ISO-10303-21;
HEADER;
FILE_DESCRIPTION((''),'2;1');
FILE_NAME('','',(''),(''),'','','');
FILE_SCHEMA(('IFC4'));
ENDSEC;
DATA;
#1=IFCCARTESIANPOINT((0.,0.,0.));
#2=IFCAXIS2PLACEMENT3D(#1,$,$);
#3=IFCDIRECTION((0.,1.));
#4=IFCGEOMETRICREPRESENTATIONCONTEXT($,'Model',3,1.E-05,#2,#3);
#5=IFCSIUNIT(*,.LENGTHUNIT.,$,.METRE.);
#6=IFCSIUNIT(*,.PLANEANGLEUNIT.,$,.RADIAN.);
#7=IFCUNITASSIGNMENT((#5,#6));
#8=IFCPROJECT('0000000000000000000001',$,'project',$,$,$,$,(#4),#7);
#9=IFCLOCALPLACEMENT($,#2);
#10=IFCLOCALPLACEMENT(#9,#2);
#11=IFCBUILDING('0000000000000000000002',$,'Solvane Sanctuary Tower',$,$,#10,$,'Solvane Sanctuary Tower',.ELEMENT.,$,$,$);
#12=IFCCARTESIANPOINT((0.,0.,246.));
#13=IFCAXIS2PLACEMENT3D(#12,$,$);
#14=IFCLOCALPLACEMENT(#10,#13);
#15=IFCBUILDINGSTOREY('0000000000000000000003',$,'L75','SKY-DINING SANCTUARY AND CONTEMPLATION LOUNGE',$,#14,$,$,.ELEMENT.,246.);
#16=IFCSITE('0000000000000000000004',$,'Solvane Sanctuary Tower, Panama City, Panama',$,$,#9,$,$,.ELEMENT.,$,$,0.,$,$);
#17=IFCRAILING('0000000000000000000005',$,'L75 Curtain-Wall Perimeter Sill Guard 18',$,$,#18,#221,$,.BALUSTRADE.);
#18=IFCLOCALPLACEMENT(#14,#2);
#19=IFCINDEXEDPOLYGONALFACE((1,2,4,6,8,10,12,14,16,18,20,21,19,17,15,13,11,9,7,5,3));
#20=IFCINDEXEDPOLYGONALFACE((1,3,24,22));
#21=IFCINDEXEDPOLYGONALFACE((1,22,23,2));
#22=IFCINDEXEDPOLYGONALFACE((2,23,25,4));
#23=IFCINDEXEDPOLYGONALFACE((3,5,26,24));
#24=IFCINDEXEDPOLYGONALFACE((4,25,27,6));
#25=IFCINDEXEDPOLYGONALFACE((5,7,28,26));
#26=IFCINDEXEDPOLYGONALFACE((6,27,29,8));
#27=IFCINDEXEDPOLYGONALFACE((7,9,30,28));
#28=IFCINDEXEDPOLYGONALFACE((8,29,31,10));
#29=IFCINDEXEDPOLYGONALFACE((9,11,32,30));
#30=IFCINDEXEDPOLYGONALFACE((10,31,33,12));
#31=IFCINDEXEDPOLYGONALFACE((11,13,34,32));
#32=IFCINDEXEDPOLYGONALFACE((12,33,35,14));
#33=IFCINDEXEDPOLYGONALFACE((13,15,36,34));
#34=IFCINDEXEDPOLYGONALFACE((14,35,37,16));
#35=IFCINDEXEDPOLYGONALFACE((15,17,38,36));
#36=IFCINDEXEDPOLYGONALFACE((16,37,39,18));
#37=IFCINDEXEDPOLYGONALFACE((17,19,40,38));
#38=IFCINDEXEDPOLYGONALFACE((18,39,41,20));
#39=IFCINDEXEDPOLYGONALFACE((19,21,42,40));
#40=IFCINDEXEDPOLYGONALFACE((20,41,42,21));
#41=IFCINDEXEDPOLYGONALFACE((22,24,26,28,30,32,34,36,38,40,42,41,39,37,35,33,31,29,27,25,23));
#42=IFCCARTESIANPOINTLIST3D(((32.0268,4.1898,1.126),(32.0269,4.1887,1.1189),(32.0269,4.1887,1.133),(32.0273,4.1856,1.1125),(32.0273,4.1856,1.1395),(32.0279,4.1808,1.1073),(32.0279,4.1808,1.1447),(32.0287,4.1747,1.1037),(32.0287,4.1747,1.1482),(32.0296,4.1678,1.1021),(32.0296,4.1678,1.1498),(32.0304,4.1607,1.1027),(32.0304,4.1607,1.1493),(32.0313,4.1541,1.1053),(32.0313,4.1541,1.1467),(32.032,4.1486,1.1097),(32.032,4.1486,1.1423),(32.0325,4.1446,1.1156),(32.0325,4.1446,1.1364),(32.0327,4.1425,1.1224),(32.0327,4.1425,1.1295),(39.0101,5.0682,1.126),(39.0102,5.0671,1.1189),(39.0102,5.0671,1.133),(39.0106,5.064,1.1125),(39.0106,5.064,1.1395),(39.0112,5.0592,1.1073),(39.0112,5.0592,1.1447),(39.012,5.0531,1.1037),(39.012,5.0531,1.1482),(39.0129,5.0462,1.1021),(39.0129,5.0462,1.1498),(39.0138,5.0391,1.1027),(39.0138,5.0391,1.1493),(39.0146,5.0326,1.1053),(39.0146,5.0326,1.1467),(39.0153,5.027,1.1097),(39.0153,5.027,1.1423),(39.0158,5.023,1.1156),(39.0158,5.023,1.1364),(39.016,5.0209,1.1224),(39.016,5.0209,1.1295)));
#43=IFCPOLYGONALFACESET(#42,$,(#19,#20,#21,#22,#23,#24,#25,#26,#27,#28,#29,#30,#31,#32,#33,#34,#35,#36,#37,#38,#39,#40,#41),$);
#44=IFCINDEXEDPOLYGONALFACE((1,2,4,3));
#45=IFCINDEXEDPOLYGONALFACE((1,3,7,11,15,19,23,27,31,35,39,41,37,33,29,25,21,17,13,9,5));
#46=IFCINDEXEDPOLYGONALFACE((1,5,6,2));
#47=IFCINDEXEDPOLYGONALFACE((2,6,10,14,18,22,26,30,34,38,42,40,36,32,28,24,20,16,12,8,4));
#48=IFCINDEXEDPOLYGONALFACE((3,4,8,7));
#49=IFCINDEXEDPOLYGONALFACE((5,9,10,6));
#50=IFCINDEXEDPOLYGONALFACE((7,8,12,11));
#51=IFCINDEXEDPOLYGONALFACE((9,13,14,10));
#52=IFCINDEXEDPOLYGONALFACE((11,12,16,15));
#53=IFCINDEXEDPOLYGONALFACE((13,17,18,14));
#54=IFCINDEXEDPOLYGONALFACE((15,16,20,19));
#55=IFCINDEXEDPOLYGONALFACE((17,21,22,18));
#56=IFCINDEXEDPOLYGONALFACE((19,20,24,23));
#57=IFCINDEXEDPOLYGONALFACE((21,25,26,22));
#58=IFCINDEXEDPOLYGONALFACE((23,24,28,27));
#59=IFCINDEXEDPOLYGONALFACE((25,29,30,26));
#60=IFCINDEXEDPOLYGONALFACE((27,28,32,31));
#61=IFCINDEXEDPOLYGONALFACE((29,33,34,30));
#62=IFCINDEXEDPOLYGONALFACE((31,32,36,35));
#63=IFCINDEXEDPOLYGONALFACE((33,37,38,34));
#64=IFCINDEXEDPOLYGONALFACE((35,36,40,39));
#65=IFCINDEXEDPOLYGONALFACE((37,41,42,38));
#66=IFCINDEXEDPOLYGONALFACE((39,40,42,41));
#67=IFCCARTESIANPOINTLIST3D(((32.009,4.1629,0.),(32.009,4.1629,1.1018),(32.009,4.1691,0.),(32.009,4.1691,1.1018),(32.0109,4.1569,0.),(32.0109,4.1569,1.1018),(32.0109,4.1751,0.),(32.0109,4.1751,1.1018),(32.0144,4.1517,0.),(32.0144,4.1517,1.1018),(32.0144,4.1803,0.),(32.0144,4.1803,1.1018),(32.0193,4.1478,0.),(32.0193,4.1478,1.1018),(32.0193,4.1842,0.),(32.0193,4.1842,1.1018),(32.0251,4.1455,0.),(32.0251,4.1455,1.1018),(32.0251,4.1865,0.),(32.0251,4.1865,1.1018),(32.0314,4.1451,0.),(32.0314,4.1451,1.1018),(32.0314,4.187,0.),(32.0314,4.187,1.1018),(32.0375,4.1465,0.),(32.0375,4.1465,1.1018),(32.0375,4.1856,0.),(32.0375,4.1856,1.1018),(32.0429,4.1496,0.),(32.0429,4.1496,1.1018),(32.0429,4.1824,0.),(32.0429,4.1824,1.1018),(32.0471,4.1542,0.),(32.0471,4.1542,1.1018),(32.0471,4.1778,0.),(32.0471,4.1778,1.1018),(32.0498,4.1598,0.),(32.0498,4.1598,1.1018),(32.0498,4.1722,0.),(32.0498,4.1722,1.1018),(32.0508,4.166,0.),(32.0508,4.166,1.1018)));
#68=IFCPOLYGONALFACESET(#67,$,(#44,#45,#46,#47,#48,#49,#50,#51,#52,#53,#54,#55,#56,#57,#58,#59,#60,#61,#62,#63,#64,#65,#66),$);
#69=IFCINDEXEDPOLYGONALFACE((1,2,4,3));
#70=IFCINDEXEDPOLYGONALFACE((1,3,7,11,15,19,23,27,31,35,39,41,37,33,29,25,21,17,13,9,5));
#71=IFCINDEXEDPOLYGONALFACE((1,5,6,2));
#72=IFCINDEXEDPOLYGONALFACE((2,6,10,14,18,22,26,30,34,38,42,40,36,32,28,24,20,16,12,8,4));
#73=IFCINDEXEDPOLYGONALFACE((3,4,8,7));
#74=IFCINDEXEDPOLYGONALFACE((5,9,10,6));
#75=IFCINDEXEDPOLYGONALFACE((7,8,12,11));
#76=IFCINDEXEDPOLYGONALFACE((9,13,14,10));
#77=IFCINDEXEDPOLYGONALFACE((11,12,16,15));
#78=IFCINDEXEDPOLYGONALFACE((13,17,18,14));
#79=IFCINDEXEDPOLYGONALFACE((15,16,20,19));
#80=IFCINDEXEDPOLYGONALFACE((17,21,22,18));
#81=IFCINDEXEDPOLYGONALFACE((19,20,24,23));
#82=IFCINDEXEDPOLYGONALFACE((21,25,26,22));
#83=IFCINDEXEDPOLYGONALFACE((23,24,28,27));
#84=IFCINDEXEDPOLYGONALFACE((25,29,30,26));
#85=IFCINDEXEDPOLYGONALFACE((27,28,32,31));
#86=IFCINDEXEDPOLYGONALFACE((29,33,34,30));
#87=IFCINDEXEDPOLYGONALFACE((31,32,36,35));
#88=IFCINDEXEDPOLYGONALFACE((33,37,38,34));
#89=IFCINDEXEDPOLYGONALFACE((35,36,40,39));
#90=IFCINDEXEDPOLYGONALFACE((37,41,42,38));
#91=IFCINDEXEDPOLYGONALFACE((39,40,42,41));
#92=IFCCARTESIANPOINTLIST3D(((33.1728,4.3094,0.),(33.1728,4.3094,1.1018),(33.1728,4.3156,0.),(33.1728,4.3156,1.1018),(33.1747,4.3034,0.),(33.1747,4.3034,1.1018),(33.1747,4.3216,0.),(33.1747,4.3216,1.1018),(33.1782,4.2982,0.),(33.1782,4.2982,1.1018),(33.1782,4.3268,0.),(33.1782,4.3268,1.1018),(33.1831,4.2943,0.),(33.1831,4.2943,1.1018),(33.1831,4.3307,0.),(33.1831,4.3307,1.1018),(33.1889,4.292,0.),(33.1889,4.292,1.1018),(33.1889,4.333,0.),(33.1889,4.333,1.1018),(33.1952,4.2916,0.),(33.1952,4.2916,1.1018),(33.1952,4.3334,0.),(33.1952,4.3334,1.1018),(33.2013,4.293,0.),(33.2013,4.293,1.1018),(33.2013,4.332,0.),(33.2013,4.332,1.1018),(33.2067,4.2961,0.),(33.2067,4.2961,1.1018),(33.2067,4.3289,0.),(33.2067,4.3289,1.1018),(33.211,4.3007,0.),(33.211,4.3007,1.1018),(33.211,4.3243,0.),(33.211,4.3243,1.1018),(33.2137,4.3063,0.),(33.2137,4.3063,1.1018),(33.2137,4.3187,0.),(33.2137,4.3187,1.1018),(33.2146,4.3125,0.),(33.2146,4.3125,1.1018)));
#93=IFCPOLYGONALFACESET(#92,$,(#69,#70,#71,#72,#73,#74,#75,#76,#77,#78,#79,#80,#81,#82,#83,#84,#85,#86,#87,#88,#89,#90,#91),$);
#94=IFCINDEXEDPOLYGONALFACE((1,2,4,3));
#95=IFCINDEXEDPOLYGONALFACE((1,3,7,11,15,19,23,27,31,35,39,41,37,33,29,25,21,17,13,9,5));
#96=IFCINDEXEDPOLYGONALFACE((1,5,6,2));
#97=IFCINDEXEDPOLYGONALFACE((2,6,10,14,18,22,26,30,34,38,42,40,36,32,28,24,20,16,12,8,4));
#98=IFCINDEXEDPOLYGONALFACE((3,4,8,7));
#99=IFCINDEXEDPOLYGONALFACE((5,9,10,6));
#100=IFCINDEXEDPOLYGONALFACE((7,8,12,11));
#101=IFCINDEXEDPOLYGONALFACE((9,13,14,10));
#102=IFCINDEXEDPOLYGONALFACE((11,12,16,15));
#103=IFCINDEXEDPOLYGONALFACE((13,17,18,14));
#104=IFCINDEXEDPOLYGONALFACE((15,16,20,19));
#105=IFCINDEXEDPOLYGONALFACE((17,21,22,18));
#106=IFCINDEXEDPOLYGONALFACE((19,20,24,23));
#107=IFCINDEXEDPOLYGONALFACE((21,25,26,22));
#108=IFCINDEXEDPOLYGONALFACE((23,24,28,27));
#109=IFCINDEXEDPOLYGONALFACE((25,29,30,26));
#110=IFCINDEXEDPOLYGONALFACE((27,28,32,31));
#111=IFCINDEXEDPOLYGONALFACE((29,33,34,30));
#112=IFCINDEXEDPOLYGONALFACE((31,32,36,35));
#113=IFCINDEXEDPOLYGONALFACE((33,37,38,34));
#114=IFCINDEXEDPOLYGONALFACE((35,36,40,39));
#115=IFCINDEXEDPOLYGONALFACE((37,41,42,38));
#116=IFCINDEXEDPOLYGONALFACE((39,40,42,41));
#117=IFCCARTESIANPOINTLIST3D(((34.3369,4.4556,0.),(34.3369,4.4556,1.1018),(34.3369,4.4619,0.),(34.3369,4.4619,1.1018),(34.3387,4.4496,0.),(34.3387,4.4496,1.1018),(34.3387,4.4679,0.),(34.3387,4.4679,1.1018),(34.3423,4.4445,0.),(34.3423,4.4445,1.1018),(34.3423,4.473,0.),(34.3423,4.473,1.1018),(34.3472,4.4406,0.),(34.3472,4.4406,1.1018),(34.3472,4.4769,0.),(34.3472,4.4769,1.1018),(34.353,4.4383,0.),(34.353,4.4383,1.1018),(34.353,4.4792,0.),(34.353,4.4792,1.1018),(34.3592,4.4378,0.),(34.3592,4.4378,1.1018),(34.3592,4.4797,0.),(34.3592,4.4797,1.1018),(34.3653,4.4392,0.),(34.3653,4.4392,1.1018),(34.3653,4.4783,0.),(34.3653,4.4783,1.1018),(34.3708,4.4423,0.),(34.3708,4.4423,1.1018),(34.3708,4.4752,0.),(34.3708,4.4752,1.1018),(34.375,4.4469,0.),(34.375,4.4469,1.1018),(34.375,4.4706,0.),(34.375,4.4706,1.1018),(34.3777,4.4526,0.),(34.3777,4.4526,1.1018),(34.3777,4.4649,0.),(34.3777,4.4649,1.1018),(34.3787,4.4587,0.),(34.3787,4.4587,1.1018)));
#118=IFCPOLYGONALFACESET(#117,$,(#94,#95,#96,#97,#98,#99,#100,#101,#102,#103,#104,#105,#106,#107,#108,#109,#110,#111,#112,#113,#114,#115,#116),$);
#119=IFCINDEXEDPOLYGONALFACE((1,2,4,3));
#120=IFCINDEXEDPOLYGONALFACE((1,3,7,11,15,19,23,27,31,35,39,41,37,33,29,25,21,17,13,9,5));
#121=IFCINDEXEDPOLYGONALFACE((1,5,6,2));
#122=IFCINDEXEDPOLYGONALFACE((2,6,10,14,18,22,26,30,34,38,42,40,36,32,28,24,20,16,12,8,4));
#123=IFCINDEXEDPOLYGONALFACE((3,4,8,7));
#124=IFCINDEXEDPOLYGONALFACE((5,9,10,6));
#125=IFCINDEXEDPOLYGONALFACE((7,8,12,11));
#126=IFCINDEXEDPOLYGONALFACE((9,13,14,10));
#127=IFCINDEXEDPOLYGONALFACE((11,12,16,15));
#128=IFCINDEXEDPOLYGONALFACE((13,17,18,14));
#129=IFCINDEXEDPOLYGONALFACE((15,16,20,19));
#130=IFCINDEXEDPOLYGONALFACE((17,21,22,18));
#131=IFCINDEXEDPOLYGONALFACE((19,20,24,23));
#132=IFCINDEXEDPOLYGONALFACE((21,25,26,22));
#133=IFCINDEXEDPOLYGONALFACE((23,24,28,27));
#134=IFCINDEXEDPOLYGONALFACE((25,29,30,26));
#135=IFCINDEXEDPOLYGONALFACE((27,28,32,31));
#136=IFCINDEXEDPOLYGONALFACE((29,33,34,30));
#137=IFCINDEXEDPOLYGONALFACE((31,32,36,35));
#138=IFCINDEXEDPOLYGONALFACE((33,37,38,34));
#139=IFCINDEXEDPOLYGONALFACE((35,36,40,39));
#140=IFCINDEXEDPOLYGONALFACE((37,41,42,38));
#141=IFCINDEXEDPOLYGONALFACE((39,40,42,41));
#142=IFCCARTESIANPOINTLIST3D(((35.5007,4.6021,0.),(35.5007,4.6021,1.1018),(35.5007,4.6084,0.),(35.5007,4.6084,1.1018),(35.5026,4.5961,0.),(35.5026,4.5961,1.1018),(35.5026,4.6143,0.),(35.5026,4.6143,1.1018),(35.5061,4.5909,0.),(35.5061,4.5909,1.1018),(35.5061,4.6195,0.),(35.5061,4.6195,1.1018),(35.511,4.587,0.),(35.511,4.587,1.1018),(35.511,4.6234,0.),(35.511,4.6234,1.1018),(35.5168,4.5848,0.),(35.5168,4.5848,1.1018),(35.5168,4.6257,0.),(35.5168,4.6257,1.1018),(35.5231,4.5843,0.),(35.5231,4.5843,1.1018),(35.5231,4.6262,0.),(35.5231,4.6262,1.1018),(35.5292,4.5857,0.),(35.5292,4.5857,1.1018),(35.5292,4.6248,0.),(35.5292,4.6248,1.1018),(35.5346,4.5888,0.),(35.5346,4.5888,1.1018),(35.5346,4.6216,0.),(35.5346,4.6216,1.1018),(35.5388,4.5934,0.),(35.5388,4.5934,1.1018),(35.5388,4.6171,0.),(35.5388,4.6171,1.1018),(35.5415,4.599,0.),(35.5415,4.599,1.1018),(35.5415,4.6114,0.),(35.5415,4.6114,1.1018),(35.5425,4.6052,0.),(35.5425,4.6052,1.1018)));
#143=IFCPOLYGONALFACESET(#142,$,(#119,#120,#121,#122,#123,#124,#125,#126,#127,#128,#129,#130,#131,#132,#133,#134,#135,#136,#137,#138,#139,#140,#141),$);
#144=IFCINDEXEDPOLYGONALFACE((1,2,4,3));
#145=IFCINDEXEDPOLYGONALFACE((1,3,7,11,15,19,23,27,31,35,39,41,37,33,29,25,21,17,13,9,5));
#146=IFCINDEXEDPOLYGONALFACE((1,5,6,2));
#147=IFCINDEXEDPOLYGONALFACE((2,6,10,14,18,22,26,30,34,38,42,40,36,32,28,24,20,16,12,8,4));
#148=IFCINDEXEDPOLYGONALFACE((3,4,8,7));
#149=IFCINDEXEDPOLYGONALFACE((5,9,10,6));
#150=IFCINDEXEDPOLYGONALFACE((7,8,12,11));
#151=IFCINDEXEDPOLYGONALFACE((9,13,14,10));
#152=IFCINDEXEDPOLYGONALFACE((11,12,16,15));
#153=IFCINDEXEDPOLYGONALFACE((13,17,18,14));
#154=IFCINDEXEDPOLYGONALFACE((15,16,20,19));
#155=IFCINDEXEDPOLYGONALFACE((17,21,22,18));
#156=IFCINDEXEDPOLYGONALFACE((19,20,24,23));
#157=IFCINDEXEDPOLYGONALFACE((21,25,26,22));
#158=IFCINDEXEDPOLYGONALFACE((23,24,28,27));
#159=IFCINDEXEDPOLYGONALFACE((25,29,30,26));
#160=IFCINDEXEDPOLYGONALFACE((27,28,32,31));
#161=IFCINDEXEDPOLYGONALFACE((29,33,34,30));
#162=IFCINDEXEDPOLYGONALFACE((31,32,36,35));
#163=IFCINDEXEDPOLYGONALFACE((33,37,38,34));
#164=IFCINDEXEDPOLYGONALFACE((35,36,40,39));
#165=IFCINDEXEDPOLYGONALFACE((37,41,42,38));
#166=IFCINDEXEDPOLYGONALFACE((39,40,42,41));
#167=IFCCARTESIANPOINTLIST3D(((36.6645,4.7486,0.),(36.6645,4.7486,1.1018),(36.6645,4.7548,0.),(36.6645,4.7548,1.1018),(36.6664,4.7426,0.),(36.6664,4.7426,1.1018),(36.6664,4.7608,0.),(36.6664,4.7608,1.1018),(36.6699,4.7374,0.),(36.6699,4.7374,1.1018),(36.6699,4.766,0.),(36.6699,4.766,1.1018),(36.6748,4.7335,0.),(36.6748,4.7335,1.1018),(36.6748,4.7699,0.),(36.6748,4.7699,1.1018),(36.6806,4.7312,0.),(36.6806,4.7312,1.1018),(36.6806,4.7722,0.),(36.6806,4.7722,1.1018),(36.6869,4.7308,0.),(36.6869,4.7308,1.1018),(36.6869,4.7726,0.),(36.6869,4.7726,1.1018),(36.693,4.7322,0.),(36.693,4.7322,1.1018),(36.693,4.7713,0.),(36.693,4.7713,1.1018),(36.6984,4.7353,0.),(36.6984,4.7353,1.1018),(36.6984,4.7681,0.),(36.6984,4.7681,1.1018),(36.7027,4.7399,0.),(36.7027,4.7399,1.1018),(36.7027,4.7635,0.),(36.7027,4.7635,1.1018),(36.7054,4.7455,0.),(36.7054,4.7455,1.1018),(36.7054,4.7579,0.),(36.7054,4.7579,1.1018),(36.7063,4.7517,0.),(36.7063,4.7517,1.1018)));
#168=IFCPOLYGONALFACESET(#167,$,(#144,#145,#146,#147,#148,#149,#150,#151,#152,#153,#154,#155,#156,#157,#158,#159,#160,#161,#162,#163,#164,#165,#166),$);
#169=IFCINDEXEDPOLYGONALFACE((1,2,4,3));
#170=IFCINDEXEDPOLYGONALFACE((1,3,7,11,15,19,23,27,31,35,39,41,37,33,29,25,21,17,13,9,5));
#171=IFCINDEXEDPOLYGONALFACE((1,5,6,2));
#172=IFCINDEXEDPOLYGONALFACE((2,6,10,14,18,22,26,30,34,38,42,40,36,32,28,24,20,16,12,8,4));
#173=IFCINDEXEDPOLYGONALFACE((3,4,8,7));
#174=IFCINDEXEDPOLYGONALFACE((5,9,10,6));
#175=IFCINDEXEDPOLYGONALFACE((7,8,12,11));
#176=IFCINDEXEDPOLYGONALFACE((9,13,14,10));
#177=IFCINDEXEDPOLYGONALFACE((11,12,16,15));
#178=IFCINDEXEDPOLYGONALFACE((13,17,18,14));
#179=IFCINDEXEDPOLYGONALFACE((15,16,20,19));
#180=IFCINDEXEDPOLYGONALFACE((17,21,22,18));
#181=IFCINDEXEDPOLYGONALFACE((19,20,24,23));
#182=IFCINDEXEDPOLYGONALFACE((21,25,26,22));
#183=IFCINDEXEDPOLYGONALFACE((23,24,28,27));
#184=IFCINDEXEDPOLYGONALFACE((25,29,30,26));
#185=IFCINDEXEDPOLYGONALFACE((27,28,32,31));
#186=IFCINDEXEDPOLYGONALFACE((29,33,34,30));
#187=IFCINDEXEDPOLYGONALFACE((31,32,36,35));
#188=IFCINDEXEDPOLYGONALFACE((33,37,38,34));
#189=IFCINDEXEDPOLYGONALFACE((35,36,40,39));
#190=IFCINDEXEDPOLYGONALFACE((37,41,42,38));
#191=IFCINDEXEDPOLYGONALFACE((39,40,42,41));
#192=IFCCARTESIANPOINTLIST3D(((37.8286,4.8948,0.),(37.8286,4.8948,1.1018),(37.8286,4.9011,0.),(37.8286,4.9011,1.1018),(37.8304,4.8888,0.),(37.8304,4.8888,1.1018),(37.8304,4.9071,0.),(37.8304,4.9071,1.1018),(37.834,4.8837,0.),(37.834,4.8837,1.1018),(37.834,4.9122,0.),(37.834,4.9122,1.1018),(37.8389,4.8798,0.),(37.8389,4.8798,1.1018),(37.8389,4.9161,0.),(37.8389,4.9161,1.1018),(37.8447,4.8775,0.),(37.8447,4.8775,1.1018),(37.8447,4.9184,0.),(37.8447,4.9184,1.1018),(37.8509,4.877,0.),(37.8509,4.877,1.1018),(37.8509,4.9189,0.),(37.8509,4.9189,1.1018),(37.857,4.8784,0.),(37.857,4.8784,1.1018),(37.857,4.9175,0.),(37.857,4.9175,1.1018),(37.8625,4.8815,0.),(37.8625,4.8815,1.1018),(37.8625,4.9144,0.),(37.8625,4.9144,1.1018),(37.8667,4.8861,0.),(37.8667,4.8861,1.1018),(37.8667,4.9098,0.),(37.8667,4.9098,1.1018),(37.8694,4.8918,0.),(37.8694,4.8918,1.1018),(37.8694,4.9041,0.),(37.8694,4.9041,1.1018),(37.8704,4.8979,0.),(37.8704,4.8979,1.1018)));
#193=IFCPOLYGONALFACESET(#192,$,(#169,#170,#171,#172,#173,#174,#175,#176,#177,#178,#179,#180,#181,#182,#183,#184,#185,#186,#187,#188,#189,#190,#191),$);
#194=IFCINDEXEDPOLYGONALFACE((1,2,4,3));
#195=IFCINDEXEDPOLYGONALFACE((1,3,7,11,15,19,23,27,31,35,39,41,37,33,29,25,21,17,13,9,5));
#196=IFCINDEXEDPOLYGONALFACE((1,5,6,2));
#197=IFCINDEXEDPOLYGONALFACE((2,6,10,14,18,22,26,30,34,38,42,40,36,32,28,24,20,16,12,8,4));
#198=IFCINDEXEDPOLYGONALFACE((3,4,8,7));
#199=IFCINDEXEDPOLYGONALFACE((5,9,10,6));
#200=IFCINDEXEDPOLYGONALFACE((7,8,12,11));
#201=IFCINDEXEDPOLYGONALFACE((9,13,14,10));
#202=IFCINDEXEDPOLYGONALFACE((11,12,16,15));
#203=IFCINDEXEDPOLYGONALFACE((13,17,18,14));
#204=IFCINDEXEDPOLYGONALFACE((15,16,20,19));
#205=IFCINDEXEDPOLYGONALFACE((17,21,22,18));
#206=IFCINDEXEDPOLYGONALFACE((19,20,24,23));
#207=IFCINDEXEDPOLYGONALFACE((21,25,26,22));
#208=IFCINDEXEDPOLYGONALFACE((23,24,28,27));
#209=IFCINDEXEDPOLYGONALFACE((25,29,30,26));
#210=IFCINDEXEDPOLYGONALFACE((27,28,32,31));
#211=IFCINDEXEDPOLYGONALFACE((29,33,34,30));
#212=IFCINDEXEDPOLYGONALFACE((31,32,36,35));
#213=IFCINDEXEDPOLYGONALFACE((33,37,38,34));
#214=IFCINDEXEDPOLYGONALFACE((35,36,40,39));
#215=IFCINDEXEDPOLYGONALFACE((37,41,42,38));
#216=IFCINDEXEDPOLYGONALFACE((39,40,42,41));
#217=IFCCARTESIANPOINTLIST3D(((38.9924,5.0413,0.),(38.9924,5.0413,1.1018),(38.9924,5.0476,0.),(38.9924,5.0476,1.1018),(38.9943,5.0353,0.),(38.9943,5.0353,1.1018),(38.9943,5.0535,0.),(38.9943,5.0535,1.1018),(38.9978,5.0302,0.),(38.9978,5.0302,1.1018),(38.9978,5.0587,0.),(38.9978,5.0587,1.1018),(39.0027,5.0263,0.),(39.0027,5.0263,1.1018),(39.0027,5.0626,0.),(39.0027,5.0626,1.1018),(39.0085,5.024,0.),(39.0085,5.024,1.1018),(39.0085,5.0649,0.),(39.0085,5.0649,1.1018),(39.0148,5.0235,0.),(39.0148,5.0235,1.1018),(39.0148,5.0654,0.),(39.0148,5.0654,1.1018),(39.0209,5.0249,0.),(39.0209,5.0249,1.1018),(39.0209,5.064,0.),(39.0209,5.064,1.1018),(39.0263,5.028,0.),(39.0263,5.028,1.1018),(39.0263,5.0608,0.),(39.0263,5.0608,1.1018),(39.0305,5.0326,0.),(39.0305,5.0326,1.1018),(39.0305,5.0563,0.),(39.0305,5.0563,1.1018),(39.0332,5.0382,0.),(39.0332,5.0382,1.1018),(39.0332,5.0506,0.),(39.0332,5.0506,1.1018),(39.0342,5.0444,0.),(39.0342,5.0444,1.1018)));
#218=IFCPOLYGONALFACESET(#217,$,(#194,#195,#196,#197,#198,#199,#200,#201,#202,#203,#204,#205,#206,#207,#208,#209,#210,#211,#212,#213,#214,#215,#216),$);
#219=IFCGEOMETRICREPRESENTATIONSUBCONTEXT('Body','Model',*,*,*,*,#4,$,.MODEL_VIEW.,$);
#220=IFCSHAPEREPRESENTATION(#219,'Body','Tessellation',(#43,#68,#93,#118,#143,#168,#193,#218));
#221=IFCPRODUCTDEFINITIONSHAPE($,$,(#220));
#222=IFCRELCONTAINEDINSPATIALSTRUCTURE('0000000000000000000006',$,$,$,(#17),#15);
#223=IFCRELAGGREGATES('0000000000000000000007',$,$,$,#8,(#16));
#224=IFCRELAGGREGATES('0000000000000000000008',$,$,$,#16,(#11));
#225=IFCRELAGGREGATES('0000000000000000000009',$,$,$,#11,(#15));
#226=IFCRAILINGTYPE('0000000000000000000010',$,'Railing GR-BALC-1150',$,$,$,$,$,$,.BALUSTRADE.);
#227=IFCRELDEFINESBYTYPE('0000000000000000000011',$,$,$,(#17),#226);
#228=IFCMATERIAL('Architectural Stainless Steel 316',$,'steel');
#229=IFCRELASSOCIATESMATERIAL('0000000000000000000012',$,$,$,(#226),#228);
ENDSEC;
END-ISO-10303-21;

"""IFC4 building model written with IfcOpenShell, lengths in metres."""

from ifc_helpers import new_model, si_unit, direction, frame, origin, origin_2d, place, context, subcontext, project, spatial, circle, extrude, material, type_object, element, save


model = new_model("IFC4")

# Units and contexts
model_context = context("Model", 3, precision=1e-05, world=origin(), true_north=direction((0.0, 1.0)))
body_context = subcontext(model_context, "Body", "Model", "MODEL_VIEW")
ifc_project = project(units=[si_unit("LENGTHUNIT", "METRE"), si_unit("PLANEANGLEUNIT", "RADIAN")], contexts=[model_context])

# Site, building, storey
site_placement = place(None, origin())
site = spatial("IfcSite", under=ifc_project, at=site_placement, Name="Solvane Sanctuary Tower, Panama City, Panama", CompositionType="ELEMENT", RefElevation=0.0)
building_placement = place(site_placement, origin())
building = spatial("IfcBuilding", under=site, at=building_placement, Name="Solvane Sanctuary Tower", LongName="Solvane Sanctuary Tower", CompositionType="ELEMENT")
storey_placement = place(building_placement, frame((0.0, 0.0, 246.0)))
storey = spatial("IfcBuildingStorey", under=building, at=storey_placement, Name="L75", Description="SKY-DINING SANCTUARY AND CONTEMPLATION LOUNGE", CompositionType="ELEMENT", Elevation=246.0)

# Railing
ifc_material_1 = material(Name="Architectural Stainless Steel 316", Category="steel")
railing_type = type_object("IfcRailingType", Name="Railing GR-BALC-1150", PredefinedType="BALUSTRADE", material=ifc_material_1)
railing_placement = place(storey_placement, frame((32.0298, 4.166, 0.0)))
element("IfcRailing", 1, at=railing_placement, inside=storey, type_object=railing_type, Name="L75 Curtain-Wall Perimeter Sill Guard 18", PredefinedType="BALUSTRADE", context=body_context, shape_type="SweptSolid", body=[
    extrude(circle(Radius=0.0239, at=origin_2d()), frame((0.0, 0.0, 1.126), z_axis=(0.992182, 0.124803, 0.0), x_axis=(-0.124803, 0.992182, 0.0)), (0.0, 0.0, 1.0), 7.0383),
    extrude(circle(Radius=0.021, at=origin_2d()), origin(), (0.0, 0.0, 1.0), 1.1018),
    extrude(circle(Radius=0.021, at=origin_2d()), frame((1.1638, 0.1465, 0.0)), (0.0, 0.0, 1.0), 1.1018),
    extrude(circle(Radius=0.021, at=origin_2d()), frame((2.3279, 0.2927, 0.0)), (0.0, 0.0, 1.0), 1.1018),
    extrude(circle(Radius=0.021, at=origin_2d()), frame((3.4917, 0.4392, 0.0)), (0.0, 0.0, 1.0), 1.1018),
    extrude(circle(Radius=0.021, at=origin_2d()), frame((4.6555, 0.5857, 0.0)), (0.0, 0.0, 1.0), 1.1018),
    extrude(circle(Radius=0.021, at=origin_2d()), frame((5.8196, 0.7319, 0.0)), (0.0, 0.0, 1.0), 1.1018),
    extrude(circle(Radius=0.021, at=origin_2d()), frame((6.9834, 0.8784, 0.0)), (0.0, 0.0, 1.0), 1.1018),
])

save(model, "model.ifc")
